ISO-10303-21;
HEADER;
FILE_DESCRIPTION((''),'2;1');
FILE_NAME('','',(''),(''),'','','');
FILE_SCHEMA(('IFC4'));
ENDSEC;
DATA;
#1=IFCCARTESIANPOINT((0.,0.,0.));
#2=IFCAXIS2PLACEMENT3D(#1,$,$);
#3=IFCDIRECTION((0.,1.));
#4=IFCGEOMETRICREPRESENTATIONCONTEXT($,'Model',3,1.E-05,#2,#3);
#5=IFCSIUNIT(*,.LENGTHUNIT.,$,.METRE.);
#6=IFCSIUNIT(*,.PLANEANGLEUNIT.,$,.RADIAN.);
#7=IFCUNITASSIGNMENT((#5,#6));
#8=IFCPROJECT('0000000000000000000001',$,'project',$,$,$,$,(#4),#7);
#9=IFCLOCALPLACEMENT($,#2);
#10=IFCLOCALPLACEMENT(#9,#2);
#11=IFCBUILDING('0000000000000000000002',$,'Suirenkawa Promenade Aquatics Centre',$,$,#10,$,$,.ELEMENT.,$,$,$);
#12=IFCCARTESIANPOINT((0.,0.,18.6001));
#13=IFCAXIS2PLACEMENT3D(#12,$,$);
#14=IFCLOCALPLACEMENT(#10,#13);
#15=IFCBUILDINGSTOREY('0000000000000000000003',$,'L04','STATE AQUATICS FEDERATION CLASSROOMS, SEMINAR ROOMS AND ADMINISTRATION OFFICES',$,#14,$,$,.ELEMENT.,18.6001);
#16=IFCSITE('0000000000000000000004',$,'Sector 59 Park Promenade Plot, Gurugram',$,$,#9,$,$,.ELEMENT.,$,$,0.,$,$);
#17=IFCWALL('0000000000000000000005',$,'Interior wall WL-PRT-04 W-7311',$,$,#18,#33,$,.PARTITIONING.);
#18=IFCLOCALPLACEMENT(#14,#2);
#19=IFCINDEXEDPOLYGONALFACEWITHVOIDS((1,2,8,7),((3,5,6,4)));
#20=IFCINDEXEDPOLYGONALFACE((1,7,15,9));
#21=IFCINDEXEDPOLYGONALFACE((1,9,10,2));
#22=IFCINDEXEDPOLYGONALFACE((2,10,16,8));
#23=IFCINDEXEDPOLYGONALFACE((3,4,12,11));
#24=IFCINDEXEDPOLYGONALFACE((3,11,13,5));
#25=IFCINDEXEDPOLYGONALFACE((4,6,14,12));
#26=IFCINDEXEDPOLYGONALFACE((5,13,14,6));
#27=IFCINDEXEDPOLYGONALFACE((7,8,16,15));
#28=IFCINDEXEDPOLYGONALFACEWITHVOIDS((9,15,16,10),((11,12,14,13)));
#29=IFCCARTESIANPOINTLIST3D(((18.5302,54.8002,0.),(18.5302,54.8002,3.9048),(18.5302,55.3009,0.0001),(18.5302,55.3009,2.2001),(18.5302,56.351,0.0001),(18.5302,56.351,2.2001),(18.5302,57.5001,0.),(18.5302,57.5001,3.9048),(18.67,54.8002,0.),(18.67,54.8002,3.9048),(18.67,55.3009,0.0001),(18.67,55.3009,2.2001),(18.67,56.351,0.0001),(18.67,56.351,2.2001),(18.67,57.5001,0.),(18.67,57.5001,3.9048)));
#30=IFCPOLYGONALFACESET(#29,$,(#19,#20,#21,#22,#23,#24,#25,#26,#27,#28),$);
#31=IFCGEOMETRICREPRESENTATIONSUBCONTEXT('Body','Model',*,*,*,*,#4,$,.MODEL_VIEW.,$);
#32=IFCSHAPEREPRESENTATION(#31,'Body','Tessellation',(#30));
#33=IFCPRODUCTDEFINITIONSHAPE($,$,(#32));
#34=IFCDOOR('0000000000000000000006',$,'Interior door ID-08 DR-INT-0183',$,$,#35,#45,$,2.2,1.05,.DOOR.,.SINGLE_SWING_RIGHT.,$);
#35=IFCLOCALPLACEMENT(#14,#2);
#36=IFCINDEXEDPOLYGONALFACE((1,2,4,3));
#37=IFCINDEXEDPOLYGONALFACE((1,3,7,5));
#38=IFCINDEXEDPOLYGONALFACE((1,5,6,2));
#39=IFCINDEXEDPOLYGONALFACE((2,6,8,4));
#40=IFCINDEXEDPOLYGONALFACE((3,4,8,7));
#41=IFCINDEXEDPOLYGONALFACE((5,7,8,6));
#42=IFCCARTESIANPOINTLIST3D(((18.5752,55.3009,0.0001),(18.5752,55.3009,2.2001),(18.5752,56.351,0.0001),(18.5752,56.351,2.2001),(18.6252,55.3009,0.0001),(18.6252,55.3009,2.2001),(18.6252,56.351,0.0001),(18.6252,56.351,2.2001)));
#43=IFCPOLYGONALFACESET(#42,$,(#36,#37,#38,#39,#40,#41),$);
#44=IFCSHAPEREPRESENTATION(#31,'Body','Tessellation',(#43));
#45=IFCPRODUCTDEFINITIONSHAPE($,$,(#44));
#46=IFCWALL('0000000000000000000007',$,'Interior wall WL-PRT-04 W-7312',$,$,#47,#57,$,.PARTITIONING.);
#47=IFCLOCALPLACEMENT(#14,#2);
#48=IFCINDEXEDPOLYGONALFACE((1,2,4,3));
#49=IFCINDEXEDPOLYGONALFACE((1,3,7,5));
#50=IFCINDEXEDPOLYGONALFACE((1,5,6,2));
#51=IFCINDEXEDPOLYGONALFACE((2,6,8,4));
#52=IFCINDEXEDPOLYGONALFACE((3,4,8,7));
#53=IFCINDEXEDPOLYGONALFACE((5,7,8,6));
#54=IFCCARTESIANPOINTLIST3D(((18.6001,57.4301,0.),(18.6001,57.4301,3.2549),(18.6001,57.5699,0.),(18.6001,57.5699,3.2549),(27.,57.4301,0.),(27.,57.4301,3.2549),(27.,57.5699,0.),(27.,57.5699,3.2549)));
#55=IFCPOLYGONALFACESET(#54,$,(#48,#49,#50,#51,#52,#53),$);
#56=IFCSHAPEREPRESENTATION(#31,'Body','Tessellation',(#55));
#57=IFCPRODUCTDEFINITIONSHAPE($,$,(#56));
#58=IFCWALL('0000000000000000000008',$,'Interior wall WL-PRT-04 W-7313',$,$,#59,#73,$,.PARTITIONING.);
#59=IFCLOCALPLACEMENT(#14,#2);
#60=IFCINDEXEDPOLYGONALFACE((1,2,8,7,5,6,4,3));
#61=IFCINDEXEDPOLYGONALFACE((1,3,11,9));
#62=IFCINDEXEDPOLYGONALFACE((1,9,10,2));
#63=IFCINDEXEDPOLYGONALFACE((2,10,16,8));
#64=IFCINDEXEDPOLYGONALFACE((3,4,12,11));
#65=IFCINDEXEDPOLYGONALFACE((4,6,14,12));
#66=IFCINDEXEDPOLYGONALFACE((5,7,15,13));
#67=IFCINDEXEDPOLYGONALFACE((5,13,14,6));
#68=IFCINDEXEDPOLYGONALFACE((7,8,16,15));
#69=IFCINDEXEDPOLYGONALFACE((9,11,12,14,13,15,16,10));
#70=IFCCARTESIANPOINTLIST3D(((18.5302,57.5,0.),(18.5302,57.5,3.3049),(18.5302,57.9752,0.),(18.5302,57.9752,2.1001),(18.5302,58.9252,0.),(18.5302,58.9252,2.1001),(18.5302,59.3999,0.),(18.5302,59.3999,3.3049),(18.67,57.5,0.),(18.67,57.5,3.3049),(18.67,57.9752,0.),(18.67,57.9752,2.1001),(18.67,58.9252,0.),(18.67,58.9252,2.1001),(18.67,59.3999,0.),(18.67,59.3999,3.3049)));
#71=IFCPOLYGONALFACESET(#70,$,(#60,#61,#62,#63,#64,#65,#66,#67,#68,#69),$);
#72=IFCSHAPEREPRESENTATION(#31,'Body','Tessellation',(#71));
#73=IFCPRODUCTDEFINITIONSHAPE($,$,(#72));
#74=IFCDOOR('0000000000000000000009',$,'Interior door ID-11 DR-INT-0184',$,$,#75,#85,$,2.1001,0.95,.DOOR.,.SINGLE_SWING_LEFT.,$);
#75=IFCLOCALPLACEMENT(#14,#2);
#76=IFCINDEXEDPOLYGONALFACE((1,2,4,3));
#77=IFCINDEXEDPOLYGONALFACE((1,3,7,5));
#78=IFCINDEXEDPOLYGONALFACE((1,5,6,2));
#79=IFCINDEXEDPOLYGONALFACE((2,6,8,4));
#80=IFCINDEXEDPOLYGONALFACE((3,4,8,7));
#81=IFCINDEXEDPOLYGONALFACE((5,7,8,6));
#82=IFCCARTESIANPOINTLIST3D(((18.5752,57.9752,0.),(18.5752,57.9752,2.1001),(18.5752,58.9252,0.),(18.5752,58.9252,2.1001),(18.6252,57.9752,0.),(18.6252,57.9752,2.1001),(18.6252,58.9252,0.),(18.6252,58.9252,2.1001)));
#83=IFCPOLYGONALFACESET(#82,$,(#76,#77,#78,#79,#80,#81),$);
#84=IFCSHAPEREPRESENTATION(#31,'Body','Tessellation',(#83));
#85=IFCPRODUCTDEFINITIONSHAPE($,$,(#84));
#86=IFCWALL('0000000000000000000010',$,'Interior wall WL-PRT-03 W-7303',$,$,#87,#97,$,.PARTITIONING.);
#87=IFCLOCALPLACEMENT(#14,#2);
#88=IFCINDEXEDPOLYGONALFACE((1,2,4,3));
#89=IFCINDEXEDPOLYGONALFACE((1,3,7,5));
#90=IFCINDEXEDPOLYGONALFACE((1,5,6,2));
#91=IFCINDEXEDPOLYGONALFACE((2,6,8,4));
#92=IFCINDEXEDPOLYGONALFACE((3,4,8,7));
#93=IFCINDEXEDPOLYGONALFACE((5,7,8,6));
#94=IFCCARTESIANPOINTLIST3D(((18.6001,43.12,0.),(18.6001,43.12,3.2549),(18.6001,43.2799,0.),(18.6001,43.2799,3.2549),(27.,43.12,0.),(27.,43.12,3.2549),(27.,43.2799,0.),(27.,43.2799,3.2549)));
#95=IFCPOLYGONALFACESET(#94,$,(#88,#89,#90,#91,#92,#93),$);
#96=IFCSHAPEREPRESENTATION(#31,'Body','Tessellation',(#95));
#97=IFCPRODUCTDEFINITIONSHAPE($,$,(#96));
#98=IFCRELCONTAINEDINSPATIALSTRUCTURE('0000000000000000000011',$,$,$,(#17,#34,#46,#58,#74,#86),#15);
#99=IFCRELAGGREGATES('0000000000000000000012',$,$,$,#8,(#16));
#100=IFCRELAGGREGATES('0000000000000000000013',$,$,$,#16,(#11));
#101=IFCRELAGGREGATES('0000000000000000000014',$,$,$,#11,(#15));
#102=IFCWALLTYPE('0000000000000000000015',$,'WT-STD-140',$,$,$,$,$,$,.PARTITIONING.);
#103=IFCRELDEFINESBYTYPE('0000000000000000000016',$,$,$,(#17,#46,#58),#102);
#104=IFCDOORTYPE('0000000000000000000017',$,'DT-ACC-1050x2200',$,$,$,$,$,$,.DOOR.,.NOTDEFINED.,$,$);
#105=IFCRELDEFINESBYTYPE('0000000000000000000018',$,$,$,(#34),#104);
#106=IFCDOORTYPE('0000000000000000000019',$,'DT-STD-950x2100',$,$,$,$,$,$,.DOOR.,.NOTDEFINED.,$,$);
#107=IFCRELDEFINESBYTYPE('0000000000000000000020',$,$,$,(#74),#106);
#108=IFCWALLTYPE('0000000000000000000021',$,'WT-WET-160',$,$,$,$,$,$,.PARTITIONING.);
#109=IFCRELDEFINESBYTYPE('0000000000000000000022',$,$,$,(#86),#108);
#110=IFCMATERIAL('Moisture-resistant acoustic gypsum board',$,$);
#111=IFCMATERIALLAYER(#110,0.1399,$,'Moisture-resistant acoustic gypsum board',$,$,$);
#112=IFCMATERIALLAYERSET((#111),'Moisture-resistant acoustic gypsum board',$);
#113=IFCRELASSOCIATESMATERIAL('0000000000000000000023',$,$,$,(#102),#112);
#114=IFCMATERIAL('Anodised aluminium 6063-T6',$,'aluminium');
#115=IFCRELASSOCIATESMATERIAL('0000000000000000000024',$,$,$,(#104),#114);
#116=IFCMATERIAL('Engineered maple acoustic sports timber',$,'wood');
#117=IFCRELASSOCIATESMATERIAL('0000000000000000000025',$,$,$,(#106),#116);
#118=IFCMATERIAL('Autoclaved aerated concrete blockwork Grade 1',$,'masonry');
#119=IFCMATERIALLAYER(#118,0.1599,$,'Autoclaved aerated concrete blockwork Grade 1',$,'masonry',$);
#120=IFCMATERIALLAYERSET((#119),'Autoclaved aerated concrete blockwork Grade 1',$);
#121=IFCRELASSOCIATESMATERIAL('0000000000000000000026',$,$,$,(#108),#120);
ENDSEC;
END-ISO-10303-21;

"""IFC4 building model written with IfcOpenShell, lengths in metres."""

from ifc_helpers import new_model, si_unit, direction, frame, frame_2d, origin, place, context, subcontext, project, spatial, rectangle, extrude, material, layer, layer_set, type_object, element, fill, save


model = new_model("IFC4")

# Units and contexts
model_context = context("Model", 3, precision=1e-05, world=origin(), true_north=direction((0.0, 1.0)))
body_context = subcontext(model_context, "Body", "Model", "MODEL_VIEW")
ifc_project = project(units=[si_unit("LENGTHUNIT", "METRE"), si_unit("PLANEANGLEUNIT", "RADIAN")], contexts=[model_context])

# Site, building, storey
site_placement = place(None, origin())
site = spatial("IfcSite", under=ifc_project, at=site_placement, Name="Sector 59 Park Promenade Plot, Gurugram", CompositionType="ELEMENT", RefElevation=0.0)
building_placement = place(site_placement, origin())
building = spatial("IfcBuilding", under=site, at=building_placement, Name="Suirenkawa Promenade Aquatics Centre", CompositionType="ELEMENT")
storey_placement = place(building_placement, frame((0.0, 0.0, 18.6001)))
storey = spatial("IfcBuildingStorey", under=building, at=storey_placement, Name="L04", Description="STATE AQUATICS FEDERATION CLASSROOMS, SEMINAR ROOMS AND ADMINISTRATION OFFICES", CompositionType="ELEMENT", Elevation=18.6001)

# Shared definitions
ifc_material_1 = material(Name="Autoclaved aerated concrete blockwork Grade 1", Category="masonry")
ifc_material_2 = material(Name="Engineered maple acoustic sports timber", Category="wood")

# Shared definitions
ifc_material_3 = material(Name="Moisture-resistant acoustic gypsum board")

# Wall, opening, door
ifc_layer_1 = layer(ifc_material_3, 0.1399, Name="Moisture-resistant acoustic gypsum board")
ifc_layer_set_1 = layer_set([ifc_layer_1], Name="Moisture-resistant acoustic gypsum board")
wall_type_1 = type_object("IfcWallType", Name="WT-STD-140", PredefinedType="PARTITIONING", material=ifc_layer_set_1)
wall_1_placement = place(storey_placement, frame((18.6001, 54.8, 0.0), z_axis=(0.0, 0.0, 1.0), x_axis=(0.0, 1.0, 0.0)))
wall_1 = element("IfcWall", 1, at=wall_1_placement, inside=storey, type_object=wall_type_1, Name="Interior wall WL-PRT-04 W-7311", PredefinedType="PARTITIONING", context=body_context, shape_type="SweptSolid", body=[
    extrude(rectangle(XDim=2.7, YDim=0.1399, at=frame_2d((1.3501, 0.0))), origin(), (0.0, 0.0, 1.0), 3.9048),
])
opening_1_placement = place(wall_1_placement, frame((0.501, 0.0, 0.0)))
opening_1 = element("IfcOpeningElement", 2, at=opening_1_placement, cuts=wall_1, PredefinedType="OPENING", context=body_context, shape_type="SweptSolid", body=[
    extrude(rectangle(XDim=1.05, YDim=2.2, at=frame_2d((0.5249, 1.1001))), frame((0.0, 0.0798, 0.0), z_axis=(0.0, -1.0, 0.0), x_axis=(1.0, 0.0, 0.0)), (0.0, 0.0, 1.0), 0.1599),
])
ifc_material_4 = material(Name="Anodised aluminium 6063-T6", Category="aluminium")
door_type_1 = type_object("IfcDoorType", Name="DT-ACC-1050x2200", OperationType="NOTDEFINED", PredefinedType="DOOR", material=ifc_material_4)
door_1_placement = place(opening_1_placement, origin())
door_1 = element("IfcDoor", 3, at=door_1_placement, inside=storey, type_object=door_type_1, Name="Interior door ID-08 DR-INT-0183", OperationType="SINGLE_SWING_RIGHT", OverallHeight=2.2, OverallWidth=1.05, PredefinedType="DOOR", context=body_context, shape_type="SweptSolid", body=[
    extrude(rectangle(XDim=1.05, YDim=2.2, at=frame_2d((0.5249, 1.1001))), frame((0.0, 0.0249, 0.0), z_axis=(0.0, -1.0, 0.0), x_axis=(1.0, 0.0, 0.0)), (0.0, 0.0, 1.0), 0.05),
])
fill(opening_1, door_1)

# Wall
wall_2_placement = place(storey_placement, frame((18.6001, 57.5, 0.0), z_axis=(0.0, 0.0, 1.0), x_axis=(1.0, 0.0, 0.0)))
element("IfcWall", 4, at=wall_2_placement, inside=storey, type_object=wall_type_1, Name="Interior wall WL-PRT-04 W-7312", PredefinedType="PARTITIONING", context=body_context, shape_type="SweptSolid", body=[
    extrude(rectangle(XDim=8.3999, YDim=0.1399, at=frame_2d((4.2, 0.0))), origin(), (0.0, 0.0, 1.0), 3.2549),
])

# Wall, opening, door
wall_3_placement = place(storey_placement, frame((18.6001, 57.5, 0.0), z_axis=(0.0, 0.0, 1.0), x_axis=(0.0, 1.0, 0.0)))
wall_3 = element("IfcWall", 5, at=wall_3_placement, inside=storey, type_object=wall_type_1, Name="Interior wall WL-PRT-04 W-7313", PredefinedType="PARTITIONING", context=body_context, shape_type="SweptSolid", body=[
    extrude(rectangle(XDim=1.8999, YDim=0.1399, at=frame_2d((0.95, 0.0))), origin(), (0.0, 0.0, 1.0), 3.3049),
])
opening_2_placement = place(wall_3_placement, frame((0.4751, 0.0, 0.0)))
opening_2 = element("IfcOpeningElement", 6, at=opening_2_placement, cuts=wall_3, PredefinedType="OPENING", context=body_context, shape_type="SweptSolid", body=[
    extrude(rectangle(XDim=0.95, YDim=2.1001, at=frame_2d((0.4751, 1.05))), frame((0.0, 0.0798, 0.0), z_axis=(0.0, -1.0, 0.0), x_axis=(1.0, 0.0, 0.0)), (0.0, 0.0, 1.0), 0.1599),
])
door_type_2 = type_object("IfcDoorType", Name="DT-STD-950x2100", OperationType="NOTDEFINED", PredefinedType="DOOR", material=ifc_material_2)
door_2_placement = place(opening_2_placement, origin())
door_2 = element("IfcDoor", 7, at=door_2_placement, inside=storey, type_object=door_type_2, Name="Interior door ID-11 DR-INT-0184", OperationType="SINGLE_SWING_LEFT", OverallHeight=2.1001, OverallWidth=0.95, PredefinedType="DOOR", context=body_context, shape_type="SweptSolid", body=[
    extrude(rectangle(XDim=0.95, YDim=2.1001, at=frame_2d((0.4751, 1.05))), frame((0.0, 0.0249, 0.0), z_axis=(0.0, -1.0, 0.0), x_axis=(1.0, 0.0, 0.0)), (0.0, 0.0, 1.0), 0.05),
])
fill(opening_2, door_2)

# Wall
ifc_layer_2 = layer(ifc_material_1, 0.1599, Name="Autoclaved aerated concrete blockwork Grade 1", Category="masonry")
ifc_layer_set_2 = layer_set([ifc_layer_2], Name="Autoclaved aerated concrete blockwork Grade 1")
wall_type_2 = type_object("IfcWallType", Name="WT-WET-160", PredefinedType="PARTITIONING", material=ifc_layer_set_2)
wall_4_placement = place(storey_placement, frame((18.6001, 43.2, 0.0), z_axis=(0.0, 0.0, 1.0), x_axis=(1.0, 0.0, 0.0)))
element("IfcWall", 8, at=wall_4_placement, inside=storey, type_object=wall_type_2, Name="Interior wall WL-PRT-03 W-7303", PredefinedType="PARTITIONING", context=body_context, shape_type="SweptSolid", body=[
    extrude(rectangle(XDim=8.3999, YDim=0.1599, at=frame_2d((4.2, 0.0))), origin(), (0.0, 0.0, 1.0), 3.2549),
])

save(model, "model.ifc")
